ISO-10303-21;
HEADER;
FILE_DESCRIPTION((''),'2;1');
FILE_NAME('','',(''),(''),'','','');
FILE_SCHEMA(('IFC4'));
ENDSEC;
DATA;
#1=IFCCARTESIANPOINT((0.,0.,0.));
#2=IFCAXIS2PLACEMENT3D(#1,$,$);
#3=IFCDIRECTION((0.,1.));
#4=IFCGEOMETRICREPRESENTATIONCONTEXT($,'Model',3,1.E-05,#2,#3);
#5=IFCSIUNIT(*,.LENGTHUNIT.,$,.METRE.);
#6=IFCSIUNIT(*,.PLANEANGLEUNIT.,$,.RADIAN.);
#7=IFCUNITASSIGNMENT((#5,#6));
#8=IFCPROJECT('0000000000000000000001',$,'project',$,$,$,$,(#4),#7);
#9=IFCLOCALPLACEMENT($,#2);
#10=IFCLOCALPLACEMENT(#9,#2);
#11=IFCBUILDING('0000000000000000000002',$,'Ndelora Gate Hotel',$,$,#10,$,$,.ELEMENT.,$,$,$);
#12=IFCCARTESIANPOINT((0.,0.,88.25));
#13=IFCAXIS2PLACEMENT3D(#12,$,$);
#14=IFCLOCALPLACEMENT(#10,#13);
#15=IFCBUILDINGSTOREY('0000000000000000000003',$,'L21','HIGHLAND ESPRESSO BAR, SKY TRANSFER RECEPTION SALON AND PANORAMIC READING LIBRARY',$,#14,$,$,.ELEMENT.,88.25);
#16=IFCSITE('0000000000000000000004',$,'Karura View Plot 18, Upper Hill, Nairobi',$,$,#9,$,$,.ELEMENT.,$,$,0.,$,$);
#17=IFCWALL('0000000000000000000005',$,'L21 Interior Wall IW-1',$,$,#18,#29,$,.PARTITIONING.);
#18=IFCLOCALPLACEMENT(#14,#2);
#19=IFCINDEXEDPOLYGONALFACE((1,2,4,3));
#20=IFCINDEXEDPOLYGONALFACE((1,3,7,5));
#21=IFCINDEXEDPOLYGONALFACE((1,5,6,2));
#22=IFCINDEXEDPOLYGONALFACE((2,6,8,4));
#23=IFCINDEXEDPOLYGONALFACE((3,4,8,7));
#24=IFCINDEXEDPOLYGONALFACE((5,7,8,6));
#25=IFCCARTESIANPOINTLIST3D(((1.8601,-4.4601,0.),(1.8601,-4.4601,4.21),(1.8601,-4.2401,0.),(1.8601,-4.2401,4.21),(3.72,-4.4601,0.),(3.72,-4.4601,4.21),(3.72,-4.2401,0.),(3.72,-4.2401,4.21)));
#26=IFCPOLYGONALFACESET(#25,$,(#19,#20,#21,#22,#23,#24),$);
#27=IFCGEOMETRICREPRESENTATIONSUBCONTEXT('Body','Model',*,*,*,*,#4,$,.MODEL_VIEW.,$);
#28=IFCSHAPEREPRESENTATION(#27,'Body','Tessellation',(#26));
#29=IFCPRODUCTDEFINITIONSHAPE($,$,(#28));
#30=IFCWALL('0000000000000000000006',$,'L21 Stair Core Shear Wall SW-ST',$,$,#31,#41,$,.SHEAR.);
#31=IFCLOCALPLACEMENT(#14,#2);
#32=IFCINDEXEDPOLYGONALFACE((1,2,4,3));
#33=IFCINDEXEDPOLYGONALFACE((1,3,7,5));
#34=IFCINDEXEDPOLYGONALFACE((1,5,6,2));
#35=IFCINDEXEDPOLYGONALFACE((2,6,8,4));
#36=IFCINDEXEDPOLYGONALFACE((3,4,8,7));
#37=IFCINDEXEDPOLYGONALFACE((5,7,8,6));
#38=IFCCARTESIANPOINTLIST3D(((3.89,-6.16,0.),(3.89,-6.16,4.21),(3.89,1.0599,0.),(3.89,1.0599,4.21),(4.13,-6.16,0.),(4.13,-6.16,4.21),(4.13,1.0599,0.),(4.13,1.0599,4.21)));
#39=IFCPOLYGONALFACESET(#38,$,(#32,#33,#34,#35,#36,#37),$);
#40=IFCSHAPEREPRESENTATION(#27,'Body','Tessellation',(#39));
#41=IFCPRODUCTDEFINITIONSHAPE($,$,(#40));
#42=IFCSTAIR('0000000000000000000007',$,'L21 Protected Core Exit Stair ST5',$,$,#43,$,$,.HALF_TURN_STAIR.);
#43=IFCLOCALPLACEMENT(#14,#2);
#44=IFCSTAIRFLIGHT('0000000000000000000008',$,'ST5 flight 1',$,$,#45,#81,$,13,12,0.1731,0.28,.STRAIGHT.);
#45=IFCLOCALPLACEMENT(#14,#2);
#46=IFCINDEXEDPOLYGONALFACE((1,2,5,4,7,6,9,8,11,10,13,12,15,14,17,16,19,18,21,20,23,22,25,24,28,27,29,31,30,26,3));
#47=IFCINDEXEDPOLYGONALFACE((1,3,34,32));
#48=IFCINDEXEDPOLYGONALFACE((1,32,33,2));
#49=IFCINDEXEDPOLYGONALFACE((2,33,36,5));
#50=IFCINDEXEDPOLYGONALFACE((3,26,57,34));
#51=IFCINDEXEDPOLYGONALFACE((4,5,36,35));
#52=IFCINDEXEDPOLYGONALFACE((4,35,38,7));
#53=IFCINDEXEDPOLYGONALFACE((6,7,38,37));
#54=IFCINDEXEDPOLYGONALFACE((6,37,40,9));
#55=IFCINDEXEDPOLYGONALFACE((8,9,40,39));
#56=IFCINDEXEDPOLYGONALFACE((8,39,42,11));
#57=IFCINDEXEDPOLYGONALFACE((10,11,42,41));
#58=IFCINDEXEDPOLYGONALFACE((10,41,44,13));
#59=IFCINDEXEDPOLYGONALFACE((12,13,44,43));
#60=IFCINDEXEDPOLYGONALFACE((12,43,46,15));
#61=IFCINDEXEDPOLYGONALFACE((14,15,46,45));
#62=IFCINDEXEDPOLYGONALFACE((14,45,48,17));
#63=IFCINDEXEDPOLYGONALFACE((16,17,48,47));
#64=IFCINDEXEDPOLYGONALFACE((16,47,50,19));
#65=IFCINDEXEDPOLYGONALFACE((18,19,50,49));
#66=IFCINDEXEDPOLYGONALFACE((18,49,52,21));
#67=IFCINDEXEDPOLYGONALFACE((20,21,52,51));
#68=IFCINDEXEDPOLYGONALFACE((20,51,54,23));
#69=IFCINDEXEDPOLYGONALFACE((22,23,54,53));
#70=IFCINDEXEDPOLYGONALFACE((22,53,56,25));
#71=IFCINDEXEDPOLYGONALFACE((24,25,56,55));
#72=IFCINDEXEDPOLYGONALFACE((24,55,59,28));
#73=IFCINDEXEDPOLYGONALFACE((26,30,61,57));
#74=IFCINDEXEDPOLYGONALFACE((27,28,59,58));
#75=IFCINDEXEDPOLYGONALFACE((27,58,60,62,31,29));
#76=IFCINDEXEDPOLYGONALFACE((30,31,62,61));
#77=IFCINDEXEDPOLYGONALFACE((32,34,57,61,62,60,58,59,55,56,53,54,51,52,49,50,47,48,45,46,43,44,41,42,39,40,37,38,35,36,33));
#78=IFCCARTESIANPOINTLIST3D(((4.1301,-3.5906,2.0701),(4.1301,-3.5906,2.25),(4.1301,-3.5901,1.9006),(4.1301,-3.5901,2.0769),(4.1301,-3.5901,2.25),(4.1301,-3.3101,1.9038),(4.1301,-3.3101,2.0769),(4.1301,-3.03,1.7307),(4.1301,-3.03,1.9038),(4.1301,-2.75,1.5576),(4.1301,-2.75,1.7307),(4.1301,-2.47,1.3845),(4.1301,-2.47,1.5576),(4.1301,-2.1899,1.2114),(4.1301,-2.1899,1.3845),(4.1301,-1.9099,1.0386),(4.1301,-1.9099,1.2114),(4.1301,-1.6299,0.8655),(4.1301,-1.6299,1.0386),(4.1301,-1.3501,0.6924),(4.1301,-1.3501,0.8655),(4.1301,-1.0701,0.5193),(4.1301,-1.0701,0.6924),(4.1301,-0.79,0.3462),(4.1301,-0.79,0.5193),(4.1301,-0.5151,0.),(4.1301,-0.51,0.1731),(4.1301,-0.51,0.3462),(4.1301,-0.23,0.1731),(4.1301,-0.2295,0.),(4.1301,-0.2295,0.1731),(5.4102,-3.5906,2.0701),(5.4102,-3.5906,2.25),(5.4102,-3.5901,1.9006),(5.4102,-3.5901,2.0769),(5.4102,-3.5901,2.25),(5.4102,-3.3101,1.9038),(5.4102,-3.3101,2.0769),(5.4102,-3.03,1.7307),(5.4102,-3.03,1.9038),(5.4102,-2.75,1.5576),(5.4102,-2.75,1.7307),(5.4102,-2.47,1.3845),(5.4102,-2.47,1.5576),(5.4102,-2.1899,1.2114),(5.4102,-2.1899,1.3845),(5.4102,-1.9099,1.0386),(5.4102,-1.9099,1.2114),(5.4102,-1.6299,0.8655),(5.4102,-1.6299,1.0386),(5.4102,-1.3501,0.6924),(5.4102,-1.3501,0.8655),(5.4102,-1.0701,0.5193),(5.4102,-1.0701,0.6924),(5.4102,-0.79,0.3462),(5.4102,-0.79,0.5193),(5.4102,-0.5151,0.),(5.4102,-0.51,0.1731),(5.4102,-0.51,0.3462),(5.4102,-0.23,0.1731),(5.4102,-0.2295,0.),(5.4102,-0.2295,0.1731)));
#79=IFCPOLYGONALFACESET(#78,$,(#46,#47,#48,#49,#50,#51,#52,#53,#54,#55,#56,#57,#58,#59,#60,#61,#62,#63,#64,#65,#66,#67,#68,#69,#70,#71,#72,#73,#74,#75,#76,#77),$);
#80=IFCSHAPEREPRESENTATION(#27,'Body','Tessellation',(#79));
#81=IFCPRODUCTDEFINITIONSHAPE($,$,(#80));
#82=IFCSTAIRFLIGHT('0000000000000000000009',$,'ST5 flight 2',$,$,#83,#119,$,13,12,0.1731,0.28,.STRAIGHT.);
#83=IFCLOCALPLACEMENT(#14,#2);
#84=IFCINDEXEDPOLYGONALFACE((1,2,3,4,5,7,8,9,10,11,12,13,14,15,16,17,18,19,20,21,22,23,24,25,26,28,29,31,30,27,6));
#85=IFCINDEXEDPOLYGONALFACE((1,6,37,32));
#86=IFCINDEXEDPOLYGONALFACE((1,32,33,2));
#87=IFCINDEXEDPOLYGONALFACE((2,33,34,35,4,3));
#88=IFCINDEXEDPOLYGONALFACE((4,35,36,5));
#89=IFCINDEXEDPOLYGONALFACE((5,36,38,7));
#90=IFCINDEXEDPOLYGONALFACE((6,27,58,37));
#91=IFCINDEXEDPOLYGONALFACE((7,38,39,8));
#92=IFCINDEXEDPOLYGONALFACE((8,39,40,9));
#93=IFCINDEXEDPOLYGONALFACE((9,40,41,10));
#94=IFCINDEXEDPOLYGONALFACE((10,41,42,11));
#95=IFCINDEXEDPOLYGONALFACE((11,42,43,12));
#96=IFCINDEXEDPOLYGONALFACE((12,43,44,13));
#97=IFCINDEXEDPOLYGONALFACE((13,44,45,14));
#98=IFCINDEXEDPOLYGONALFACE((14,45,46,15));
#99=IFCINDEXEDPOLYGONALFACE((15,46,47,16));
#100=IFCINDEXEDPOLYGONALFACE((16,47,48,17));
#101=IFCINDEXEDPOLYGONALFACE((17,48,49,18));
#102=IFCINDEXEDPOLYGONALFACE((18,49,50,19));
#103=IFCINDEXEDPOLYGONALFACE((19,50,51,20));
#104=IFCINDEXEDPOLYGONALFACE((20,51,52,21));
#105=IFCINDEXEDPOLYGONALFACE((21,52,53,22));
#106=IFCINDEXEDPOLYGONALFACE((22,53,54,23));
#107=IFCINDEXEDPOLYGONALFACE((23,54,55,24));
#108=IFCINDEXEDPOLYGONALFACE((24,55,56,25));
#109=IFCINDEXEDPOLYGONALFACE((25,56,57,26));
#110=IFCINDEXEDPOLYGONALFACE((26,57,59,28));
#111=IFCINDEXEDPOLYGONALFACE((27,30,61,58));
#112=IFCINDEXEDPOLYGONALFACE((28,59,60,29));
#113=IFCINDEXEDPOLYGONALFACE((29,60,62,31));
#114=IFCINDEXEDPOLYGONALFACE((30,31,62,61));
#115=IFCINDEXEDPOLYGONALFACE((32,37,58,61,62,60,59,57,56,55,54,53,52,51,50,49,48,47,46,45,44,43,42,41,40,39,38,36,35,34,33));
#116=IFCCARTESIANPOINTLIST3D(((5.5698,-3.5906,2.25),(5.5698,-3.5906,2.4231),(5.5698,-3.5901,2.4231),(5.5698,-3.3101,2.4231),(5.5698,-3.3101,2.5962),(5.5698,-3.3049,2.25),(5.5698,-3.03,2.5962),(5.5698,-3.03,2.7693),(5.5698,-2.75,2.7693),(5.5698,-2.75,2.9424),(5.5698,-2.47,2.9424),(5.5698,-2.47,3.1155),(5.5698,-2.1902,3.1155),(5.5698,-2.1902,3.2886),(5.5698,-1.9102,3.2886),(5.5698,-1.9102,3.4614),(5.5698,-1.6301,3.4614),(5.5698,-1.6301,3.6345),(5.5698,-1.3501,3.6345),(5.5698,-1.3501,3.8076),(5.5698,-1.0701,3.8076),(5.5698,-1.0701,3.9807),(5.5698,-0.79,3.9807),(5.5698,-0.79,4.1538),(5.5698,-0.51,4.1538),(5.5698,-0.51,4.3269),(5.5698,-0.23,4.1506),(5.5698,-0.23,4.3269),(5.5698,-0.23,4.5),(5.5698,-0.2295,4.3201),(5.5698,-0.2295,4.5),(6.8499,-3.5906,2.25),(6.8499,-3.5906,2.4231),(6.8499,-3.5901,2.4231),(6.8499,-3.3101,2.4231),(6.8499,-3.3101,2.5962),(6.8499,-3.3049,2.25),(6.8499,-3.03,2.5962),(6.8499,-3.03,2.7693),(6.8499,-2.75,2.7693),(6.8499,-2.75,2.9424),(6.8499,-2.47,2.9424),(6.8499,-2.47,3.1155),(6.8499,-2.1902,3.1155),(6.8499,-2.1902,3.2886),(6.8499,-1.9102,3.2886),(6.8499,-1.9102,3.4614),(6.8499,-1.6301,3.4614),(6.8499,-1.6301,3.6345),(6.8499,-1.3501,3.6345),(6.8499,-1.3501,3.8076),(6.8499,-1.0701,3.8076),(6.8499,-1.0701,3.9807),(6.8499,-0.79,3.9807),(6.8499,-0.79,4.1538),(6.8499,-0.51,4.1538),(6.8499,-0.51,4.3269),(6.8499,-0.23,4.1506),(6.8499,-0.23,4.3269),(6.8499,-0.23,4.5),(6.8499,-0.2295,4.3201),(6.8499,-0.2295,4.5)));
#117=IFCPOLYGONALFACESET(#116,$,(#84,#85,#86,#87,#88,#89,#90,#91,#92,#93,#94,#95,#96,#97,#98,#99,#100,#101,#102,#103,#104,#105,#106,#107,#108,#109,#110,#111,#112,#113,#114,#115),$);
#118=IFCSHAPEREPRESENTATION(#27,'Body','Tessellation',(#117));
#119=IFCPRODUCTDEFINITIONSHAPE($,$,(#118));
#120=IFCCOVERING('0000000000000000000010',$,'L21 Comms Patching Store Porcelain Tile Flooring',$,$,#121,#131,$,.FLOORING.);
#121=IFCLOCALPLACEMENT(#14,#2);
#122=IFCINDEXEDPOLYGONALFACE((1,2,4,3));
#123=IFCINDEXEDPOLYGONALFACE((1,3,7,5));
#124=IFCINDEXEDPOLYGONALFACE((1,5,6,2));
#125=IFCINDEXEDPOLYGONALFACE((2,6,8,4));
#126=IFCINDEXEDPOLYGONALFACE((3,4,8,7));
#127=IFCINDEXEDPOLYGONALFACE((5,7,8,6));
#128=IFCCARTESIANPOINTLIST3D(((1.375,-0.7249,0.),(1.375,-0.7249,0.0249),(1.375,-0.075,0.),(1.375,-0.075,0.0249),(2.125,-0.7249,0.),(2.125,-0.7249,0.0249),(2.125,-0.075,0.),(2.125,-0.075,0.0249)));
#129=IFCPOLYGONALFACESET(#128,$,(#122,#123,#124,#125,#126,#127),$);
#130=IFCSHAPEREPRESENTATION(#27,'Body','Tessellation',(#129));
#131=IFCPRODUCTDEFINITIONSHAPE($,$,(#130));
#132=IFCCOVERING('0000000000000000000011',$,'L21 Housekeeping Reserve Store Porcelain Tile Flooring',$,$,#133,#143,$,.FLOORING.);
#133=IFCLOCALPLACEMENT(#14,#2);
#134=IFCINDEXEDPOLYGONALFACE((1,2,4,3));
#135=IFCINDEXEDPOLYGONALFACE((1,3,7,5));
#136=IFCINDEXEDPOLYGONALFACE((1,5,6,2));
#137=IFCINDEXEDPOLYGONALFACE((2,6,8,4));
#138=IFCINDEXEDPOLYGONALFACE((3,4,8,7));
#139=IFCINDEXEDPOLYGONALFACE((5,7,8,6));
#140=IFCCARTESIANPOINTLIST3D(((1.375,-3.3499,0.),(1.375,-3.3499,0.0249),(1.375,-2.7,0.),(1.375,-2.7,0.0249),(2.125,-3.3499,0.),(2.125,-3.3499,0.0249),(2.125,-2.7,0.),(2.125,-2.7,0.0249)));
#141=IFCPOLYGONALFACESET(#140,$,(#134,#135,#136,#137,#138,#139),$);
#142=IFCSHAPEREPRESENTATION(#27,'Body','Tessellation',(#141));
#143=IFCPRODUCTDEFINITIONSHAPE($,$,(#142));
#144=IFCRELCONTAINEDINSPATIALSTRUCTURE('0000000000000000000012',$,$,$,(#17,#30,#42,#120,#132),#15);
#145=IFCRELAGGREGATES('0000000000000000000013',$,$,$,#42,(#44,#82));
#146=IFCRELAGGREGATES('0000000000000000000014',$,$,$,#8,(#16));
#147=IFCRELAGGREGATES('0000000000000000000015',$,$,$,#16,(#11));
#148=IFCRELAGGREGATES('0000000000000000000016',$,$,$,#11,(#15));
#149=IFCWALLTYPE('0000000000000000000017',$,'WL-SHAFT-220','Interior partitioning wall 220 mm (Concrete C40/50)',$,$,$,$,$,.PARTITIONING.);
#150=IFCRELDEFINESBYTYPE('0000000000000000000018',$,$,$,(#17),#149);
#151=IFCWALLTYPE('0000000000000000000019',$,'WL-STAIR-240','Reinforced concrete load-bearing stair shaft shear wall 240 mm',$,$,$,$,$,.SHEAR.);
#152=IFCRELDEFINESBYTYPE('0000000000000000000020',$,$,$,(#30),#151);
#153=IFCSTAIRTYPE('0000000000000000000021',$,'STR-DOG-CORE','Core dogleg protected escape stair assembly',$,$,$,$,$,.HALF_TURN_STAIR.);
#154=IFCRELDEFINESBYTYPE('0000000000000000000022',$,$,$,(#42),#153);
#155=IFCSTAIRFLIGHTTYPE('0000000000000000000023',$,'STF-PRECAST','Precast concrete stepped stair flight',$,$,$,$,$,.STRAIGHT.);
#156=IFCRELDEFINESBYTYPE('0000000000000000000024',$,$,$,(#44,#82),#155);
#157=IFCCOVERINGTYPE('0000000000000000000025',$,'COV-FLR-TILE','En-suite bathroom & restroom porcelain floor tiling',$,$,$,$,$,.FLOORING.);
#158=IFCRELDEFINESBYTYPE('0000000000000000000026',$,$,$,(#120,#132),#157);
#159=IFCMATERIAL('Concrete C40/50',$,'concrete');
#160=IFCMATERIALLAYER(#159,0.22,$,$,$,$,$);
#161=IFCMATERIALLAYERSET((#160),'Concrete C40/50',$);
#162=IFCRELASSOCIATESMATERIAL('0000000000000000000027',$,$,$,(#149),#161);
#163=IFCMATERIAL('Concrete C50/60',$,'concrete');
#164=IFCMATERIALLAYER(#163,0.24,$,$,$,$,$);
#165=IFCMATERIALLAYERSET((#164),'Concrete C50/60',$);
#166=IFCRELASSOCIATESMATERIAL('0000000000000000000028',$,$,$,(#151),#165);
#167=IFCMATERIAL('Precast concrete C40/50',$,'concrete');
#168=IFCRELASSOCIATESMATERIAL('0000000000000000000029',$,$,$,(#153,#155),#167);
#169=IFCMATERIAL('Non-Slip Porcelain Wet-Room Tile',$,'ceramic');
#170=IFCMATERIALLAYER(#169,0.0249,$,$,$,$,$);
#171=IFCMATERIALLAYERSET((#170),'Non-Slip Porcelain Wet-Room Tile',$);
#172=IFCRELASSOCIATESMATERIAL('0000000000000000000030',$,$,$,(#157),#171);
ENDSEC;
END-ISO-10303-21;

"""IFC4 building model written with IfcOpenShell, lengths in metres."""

from ifc_helpers import new_model, si_unit, direction, frame, frame_2d, origin, origin_2d, place, context, subcontext, project, spatial, polyline, rectangle, outline, extrude, material, layer, layer_set, type_object, element, aggregate, save


model = new_model("IFC4")

# Units and contexts
model_context = context("Model", 3, precision=1e-05, world=origin(), true_north=direction((0.0, 1.0)))
body_context = subcontext(model_context, "Body", "Model", "MODEL_VIEW")
ifc_project = project(units=[si_unit("LENGTHUNIT", "METRE"), si_unit("PLANEANGLEUNIT", "RADIAN")], contexts=[model_context])

# Site, building, storey
site_placement = place(None, origin())
site = spatial("IfcSite", under=ifc_project, at=site_placement, Name="Karura View Plot 18, Upper Hill, Nairobi", CompositionType="ELEMENT", RefElevation=0.0)
building_placement = place(site_placement, origin())
building = spatial("IfcBuilding", under=site, at=building_placement, Name="Ndelora Gate Hotel", CompositionType="ELEMENT")
storey_placement = place(building_placement, frame((0.0, 0.0, 88.25)))
storey = spatial("IfcBuildingStorey", under=building, at=storey_placement, Name="L21", Description="HIGHLAND ESPRESSO BAR, SKY TRANSFER RECEPTION SALON AND PANORAMIC READING LIBRARY", CompositionType="ELEMENT", Elevation=88.25)

# Shared definitions
ifc_material_1 = material(Name="Concrete C50/60", Category="concrete")
ifc_material_2 = material(Name="Precast concrete C40/50", Category="concrete")

# Walls
ifc_material_3 = material(Name="Concrete C40/50", Category="concrete")
ifc_layer_1 = layer(ifc_material_3, 0.22)
ifc_layer_set_1 = layer_set([ifc_layer_1], Name="Concrete C40/50")
wall_type_1 = type_object("IfcWallType", Name="WL-SHAFT-220", Description="Interior partitioning wall 220 mm (Concrete C40/50)", PredefinedType="PARTITIONING", material=ifc_layer_set_1)
wall_1_placement = place(storey_placement, frame((1.8601, -4.3501, 0.0), z_axis=(0.0, 0.0, 1.0), x_axis=(1.0, 0.0, 0.0)))
element("IfcWall", 1, at=wall_1_placement, inside=storey, type_object=wall_type_1, Name="L21 Interior Wall IW-1", PredefinedType="PARTITIONING", context=body_context, shape_type="SweptSolid", body=[
    extrude(rectangle(XDim=1.8599, YDim=0.22, at=frame_2d((0.9299, 0.0))), origin(), (0.0, 0.0, 1.0), 4.21),
])
ifc_layer_2 = layer(ifc_material_1, 0.24)
ifc_layer_set_2 = layer_set([ifc_layer_2], Name="Concrete C50/60")
wall_type_2 = type_object("IfcWallType", Name="WL-STAIR-240", Description="Reinforced concrete load-bearing stair shaft shear wall 240 mm", PredefinedType="SHEAR", material=ifc_layer_set_2)
wall_2_placement = place(storey_placement, frame((4.01, -6.1599, 0.0), z_axis=(0.0, 0.0, 1.0), x_axis=(0.0, 1.0, 0.0)))
element("IfcWall", 2, at=wall_2_placement, inside=storey, type_object=wall_type_2, Name="L21 Stair Core Shear Wall SW-ST", PredefinedType="SHEAR", context=body_context, shape_type="SweptSolid", body=[
    extrude(rectangle(XDim=7.22, YDim=0.24, at=frame_2d((3.6099, 0.0))), origin(), (0.0, 0.0, 1.0), 4.21),
])

# Stair, stair flights
stair_type = type_object("IfcStairType", Name="STR-DOG-CORE", Description="Core dogleg protected escape stair assembly", PredefinedType="HALF_TURN_STAIR", material=ifc_material_2)
stair_placement = place(storey_placement, origin())
stair = element("IfcStair", 3, at=stair_placement, inside=storey, type_object=stair_type, Name="L21 Protected Core Exit Stair ST5", PredefinedType="HALF_TURN_STAIR")
stair_flight_type = type_object("IfcStairFlightType", Name="STF-PRECAST", Description="Precast concrete stepped stair flight", PredefinedType="STRAIGHT", material=ifc_material_2)
stair_flight_1_placement = place(storey_placement, frame((4.77, -0.23, 0.0), z_axis=(0.0, 0.0, 1.0), x_axis=(0.0, -1.0, 0.0)))
stair_flight_1 = element("IfcStairFlight", 4, at=stair_flight_1_placement, type_object=stair_flight_type, Name="ST5 flight 1", NumberOfRisers=13, NumberOfTreads=12, PredefinedType="STRAIGHT", RiserHeight=0.1731, TreadLength=0.28, context=body_context, shape_type="SweptSolid", body=[
    extrude(outline(polyline([(-0.0005, 0.0), (-0.0005, 0.1731), (0.0, 0.1731), (0.28, 0.1731), (0.28, 0.3462), (0.5601, 0.3462), (0.5601, 0.5193), (0.8401, 0.5193), (0.8401, 0.6924), (1.1201, 0.6924), (1.1201, 0.8655), (1.3999, 0.8655), (1.3999, 1.0386), (1.6799, 1.0386), (1.6799, 1.2114), (1.96, 1.2114), (1.96, 1.3845), (2.24, 1.3845), (2.24, 1.5576), (2.52, 1.5576), (2.52, 1.7307), (2.8, 1.7307), (2.8, 1.9038), (3.0801, 1.9038), (3.0801, 2.0769), (3.3601, 2.0769), (3.3601, 2.25), (3.3606, 2.25), (3.3606, 2.0701), (3.3601, 1.9006), (0.2852, 0.0), (-0.0005, 0.0)])), frame((0.0, 0.6401, 0.0), z_axis=(0.0, -1.0, 0.0), x_axis=(1.0, 0.0, 0.0)), (0.0, 0.0, 1.0), 1.28),
])
stair_flight_2_placement = place(storey_placement, frame((6.21, -3.5901, 2.25), z_axis=(0.0, 0.0, 1.0), x_axis=(0.0, 1.0, 0.0)))
stair_flight_2 = element("IfcStairFlight", 5, at=stair_flight_2_placement, type_object=stair_flight_type, Name="ST5 flight 2", NumberOfRisers=13, NumberOfTreads=12, PredefinedType="STRAIGHT", RiserHeight=0.1731, TreadLength=0.28, context=body_context, shape_type="SweptSolid", body=[
    extrude(outline(polyline([(-0.0005, 0.0), (-0.0005, 0.1731), (0.0, 0.1731), (0.28, 0.1731), (0.28, 0.3462), (0.5601, 0.3462), (0.5601, 0.5193), (0.8401, 0.5193), (0.8401, 0.6924), (1.1201, 0.6924), (1.1201, 0.8655), (1.3999, 0.8655), (1.3999, 1.0386), (1.6799, 1.0386), (1.6799, 1.2114), (1.96, 1.2114), (1.96, 1.3845), (2.24, 1.3845), (2.24, 1.5576), (2.52, 1.5576), (2.52, 1.7307), (2.8, 1.7307), (2.8, 1.9038), (3.0801, 1.9038), (3.0801, 2.0769), (3.3601, 2.0769), (3.3601, 2.25), (3.3606, 2.25), (3.3606, 2.0701), (3.3601, 1.9006), (0.2852, 0.0), (-0.0005, 0.0)])), frame((0.0, 0.6401, 0.0), z_axis=(0.0, -1.0, 0.0), x_axis=(1.0, 0.0, 0.0)), (0.0, 0.0, 1.0), 1.28),
])
aggregate(stair, [stair_flight_1, stair_flight_2])

# Coverings
ifc_material_4 = material(Name="Non-Slip Porcelain Wet-Room Tile", Category="ceramic")
ifc_layer_3 = layer(ifc_material_4, 0.0249)
ifc_layer_set_3 = layer_set([ifc_layer_3], Name="Non-Slip Porcelain Wet-Room Tile")
covering_type = type_object("IfcCoveringType", Name="COV-FLR-TILE", Description="En-suite bathroom & restroom porcelain floor tiling", PredefinedType="FLOORING", material=ifc_layer_set_3)
for number, where, z_axis, x_axis, name in (
    (6, (1.75, -0.3999, 0.0), (0.0, 0.0, 1.0), (1.0, 0.0, 0.0), "L21 Comms Patching Store Porcelain Tile Flooring"),
    (7, (1.75, -3.0249, 0.0), (0.0, 0.0, 1.0), (1.0, 0.0, 0.0), "L21 Housekeeping Reserve Store Porcelain Tile Flooring"),
):
    element("IfcCovering", number, at=place(storey_placement, frame(where, z_axis=z_axis, x_axis=x_axis)), inside=storey, type_object=covering_type, Name=name, PredefinedType="FLOORING", context=body_context, shape_type="SweptSolid", body=[
        extrude(rectangle(XDim=0.75, YDim=0.6499, at=origin_2d()), origin(), (0.0, 0.0, 1.0), 0.0249),
    ])

save(model, "model.ifc")
